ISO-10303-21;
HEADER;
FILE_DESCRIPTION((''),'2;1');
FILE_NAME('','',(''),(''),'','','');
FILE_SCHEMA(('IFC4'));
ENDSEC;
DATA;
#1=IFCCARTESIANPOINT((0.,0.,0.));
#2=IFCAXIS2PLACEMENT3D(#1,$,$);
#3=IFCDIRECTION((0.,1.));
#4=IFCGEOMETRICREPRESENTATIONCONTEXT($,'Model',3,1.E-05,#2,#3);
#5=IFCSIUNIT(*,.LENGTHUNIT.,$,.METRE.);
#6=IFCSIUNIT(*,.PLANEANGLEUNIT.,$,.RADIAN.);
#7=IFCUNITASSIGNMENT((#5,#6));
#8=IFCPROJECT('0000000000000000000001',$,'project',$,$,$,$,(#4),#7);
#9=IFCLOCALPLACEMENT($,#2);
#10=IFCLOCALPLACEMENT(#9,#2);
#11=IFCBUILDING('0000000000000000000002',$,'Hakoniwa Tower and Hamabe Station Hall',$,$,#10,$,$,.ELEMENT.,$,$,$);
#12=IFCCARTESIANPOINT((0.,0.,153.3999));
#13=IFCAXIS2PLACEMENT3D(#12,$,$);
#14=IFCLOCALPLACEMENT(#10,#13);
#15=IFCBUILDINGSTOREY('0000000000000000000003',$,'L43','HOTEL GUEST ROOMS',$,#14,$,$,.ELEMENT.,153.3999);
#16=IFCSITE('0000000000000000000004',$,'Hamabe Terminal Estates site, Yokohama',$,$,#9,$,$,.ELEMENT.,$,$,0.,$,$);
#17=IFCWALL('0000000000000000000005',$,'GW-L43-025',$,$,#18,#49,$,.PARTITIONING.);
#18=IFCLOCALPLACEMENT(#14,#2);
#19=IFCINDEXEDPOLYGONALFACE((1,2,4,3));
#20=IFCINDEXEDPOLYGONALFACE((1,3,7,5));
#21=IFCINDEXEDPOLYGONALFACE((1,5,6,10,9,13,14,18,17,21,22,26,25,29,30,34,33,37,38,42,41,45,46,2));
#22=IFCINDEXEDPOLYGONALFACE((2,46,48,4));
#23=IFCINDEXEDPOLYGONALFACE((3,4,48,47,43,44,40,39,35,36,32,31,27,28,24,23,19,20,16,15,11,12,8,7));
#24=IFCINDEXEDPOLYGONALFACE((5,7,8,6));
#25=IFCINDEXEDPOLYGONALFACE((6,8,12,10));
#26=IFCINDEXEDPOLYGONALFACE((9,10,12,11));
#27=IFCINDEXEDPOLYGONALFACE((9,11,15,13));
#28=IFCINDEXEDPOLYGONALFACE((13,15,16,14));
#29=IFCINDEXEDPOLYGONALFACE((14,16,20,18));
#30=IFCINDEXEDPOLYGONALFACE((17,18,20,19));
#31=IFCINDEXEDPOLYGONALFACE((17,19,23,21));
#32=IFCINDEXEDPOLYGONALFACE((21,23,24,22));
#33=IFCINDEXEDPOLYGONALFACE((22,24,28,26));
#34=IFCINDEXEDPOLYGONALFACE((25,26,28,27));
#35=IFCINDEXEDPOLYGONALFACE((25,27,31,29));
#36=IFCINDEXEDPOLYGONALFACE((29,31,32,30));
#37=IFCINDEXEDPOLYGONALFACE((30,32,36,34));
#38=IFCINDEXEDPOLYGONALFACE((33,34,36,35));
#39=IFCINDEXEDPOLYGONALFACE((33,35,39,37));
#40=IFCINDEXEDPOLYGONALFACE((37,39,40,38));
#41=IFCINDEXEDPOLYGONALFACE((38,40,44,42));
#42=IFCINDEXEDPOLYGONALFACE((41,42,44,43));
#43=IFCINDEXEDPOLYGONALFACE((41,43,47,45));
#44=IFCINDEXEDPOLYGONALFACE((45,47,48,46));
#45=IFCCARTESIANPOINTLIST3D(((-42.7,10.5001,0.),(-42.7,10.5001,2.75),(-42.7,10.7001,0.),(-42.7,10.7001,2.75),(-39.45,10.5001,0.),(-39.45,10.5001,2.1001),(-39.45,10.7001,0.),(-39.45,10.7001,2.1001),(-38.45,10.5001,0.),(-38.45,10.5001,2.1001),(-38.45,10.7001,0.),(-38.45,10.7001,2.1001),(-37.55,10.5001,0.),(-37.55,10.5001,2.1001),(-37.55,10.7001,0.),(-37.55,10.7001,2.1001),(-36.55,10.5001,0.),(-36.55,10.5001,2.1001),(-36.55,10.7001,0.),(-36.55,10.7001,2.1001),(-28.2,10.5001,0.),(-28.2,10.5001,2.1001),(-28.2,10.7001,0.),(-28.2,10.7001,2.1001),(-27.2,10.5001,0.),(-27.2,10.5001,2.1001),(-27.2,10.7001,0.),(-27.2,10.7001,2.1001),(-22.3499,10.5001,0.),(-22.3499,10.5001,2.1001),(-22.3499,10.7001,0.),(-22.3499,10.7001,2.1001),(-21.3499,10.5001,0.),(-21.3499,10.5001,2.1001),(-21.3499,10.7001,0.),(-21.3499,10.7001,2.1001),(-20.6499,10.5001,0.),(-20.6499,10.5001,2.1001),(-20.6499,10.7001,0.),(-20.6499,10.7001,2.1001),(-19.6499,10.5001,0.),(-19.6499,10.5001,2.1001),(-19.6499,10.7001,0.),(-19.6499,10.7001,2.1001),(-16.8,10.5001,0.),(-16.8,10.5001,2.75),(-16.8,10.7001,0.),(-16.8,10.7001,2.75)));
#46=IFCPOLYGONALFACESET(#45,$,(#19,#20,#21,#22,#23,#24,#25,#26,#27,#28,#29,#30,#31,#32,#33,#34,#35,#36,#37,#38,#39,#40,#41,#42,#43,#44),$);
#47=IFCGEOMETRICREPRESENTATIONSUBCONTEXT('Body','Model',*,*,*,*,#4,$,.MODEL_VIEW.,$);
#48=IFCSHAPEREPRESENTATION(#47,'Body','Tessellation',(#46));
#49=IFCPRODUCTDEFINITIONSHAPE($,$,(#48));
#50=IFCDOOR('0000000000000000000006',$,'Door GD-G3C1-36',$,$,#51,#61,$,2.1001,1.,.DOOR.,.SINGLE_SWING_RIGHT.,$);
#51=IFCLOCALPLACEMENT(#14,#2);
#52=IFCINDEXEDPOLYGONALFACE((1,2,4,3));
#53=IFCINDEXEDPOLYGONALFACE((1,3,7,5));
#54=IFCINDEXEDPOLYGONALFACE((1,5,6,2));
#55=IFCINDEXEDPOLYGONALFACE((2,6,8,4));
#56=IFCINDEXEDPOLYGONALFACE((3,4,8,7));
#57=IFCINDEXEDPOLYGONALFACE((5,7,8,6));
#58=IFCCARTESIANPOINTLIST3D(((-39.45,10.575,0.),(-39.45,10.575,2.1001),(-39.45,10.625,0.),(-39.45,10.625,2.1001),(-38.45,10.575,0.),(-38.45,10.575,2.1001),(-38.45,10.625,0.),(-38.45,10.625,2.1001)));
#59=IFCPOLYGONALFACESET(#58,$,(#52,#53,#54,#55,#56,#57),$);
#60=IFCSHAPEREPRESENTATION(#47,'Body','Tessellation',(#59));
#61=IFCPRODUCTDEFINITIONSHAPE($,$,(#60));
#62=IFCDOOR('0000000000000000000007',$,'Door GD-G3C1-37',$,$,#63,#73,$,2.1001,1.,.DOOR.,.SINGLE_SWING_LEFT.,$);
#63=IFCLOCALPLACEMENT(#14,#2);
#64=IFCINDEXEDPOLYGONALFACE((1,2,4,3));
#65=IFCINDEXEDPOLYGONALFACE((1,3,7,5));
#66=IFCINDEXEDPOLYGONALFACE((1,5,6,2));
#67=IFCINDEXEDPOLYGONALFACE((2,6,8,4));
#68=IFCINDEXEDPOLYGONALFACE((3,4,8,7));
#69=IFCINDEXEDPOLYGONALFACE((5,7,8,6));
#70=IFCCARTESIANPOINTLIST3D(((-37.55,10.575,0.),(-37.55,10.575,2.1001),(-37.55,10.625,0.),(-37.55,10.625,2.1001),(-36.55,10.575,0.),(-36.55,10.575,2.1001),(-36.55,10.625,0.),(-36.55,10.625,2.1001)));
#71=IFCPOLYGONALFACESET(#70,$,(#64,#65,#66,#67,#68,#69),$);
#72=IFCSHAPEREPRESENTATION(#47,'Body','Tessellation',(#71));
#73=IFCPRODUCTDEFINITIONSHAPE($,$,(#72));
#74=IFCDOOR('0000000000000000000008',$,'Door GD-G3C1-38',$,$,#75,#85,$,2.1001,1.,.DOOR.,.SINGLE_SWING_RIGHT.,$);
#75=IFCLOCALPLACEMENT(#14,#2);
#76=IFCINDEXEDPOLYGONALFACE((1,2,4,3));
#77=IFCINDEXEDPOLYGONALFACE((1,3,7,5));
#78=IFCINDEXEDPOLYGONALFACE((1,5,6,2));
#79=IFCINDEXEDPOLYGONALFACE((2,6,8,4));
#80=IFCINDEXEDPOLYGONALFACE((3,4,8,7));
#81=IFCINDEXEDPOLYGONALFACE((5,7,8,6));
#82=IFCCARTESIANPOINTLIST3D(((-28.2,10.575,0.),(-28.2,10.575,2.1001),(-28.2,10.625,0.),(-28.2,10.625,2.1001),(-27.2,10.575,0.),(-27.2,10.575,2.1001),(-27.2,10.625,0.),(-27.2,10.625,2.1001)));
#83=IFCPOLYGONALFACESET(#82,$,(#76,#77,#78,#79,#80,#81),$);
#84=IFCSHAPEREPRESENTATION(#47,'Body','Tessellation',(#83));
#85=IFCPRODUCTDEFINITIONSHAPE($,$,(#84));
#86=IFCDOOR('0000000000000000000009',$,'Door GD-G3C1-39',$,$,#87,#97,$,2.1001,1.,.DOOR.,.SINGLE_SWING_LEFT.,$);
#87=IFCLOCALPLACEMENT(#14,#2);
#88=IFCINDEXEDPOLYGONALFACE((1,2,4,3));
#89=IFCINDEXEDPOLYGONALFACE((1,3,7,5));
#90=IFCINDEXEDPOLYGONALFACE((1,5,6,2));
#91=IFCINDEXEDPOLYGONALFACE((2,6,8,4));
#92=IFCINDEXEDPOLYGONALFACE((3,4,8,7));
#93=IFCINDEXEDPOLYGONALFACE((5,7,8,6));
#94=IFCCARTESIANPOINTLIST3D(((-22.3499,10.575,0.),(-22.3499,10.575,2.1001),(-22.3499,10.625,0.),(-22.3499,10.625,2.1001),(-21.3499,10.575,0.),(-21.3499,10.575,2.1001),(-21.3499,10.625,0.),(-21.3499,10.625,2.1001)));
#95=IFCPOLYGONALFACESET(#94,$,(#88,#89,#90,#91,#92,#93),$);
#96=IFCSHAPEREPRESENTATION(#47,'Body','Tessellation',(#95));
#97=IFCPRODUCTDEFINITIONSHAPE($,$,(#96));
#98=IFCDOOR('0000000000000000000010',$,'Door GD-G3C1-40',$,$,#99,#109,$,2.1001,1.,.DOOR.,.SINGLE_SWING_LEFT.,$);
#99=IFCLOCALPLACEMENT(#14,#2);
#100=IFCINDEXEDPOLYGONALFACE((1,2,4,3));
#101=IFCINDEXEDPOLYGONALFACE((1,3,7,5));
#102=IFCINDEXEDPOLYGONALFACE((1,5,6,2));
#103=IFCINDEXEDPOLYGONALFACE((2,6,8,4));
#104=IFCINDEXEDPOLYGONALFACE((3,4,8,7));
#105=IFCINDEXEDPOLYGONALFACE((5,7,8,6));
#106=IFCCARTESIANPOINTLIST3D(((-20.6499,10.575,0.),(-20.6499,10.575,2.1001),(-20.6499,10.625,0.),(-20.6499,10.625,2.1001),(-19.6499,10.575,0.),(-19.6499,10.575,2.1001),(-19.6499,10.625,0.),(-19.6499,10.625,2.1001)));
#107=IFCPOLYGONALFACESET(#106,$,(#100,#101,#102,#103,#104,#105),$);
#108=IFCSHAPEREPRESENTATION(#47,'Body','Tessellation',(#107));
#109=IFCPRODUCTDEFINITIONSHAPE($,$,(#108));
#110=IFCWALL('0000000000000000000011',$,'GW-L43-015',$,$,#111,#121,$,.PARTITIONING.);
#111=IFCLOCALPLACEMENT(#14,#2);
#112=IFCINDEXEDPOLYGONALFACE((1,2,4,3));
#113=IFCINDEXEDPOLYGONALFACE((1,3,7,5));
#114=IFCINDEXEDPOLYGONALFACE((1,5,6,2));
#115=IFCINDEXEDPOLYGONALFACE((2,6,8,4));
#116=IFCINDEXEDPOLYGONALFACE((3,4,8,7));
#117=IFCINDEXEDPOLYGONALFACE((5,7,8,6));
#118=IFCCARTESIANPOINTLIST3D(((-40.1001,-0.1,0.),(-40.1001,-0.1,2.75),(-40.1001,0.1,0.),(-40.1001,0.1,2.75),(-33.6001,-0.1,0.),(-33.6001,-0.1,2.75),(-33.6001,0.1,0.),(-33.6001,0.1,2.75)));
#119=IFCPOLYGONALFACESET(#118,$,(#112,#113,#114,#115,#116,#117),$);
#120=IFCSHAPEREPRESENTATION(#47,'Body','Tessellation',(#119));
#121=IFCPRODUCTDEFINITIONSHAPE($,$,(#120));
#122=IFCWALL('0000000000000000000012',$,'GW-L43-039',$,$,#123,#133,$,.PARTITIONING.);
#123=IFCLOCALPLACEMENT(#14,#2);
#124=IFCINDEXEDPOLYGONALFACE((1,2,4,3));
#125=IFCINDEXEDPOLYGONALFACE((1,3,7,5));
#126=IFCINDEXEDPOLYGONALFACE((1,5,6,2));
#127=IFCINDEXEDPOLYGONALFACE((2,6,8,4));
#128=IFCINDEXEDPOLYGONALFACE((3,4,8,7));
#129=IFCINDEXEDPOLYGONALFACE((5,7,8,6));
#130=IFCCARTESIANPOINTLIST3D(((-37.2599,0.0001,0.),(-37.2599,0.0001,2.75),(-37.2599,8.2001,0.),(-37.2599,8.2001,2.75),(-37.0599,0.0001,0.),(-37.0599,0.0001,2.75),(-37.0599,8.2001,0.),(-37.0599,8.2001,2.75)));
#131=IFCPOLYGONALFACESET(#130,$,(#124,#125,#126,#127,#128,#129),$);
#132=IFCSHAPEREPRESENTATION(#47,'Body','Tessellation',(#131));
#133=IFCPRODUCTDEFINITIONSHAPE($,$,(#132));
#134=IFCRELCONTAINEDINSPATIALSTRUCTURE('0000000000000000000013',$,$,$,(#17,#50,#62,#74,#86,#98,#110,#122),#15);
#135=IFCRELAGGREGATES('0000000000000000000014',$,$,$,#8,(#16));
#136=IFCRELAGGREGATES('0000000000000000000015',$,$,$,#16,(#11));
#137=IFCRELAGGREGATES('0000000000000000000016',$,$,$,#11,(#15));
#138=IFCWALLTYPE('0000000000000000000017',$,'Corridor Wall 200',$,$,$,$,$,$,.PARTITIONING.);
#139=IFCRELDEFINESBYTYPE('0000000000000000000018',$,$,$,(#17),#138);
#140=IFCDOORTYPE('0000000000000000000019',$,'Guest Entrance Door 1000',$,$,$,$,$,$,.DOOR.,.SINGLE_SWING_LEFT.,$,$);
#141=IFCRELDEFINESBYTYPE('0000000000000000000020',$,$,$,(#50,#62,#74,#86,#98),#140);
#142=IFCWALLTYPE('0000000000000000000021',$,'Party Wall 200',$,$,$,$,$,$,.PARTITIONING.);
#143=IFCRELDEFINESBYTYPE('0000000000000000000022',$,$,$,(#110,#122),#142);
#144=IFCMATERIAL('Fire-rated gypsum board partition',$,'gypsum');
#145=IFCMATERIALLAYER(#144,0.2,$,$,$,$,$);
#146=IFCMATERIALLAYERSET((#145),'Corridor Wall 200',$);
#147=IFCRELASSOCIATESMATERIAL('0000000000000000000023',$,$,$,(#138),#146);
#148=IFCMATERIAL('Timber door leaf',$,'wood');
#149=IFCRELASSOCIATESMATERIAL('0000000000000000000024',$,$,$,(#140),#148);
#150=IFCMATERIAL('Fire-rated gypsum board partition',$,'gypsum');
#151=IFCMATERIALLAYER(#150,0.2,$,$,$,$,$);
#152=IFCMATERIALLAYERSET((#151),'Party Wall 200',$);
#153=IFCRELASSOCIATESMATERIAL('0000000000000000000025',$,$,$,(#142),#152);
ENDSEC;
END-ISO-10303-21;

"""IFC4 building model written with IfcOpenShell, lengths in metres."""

from ifc_helpers import new_model, si_unit, direction, frame, frame_2d, origin, place, context, subcontext, project, spatial, rectangle, extrude, material, layer, layer_set, type_object, element, fill, save


model = new_model("IFC4")

# Units and contexts
model_context = context("Model", 3, precision=1e-05, world=origin(), true_north=direction((0.0, 1.0)))
body_context = subcontext(model_context, "Body", "Model", "MODEL_VIEW")
ifc_project = project(units=[si_unit("LENGTHUNIT", "METRE"), si_unit("PLANEANGLEUNIT", "RADIAN")], contexts=[model_context])

# Site, building, storey
site_placement = place(None, origin())
site = spatial("IfcSite", under=ifc_project, at=site_placement, Name="Hamabe Terminal Estates site, Yokohama", CompositionType="ELEMENT", RefElevation=0.0)
building_placement = place(site_placement, origin())
building = spatial("IfcBuilding", under=site, at=building_placement, Name="Hakoniwa Tower and Hamabe Station Hall", CompositionType="ELEMENT")
storey_placement = place(building_placement, frame((0.0, 0.0, 153.3999)))
storey = spatial("IfcBuildingStorey", under=building, at=storey_placement, Name="L43", Description="HOTEL GUEST ROOMS", CompositionType="ELEMENT", Elevation=153.3999)

# Wall, openings, doors
ifc_material_1 = material(Name="Fire-rated gypsum board partition", Category="gypsum")
ifc_layer_1 = layer(ifc_material_1, 0.2)
ifc_layer_set_1 = layer_set([ifc_layer_1], Name="Corridor Wall 200")
wall_type_1 = type_object("IfcWallType", Name="Corridor Wall 200", PredefinedType="PARTITIONING", material=ifc_layer_set_1)
wall_1_placement = place(storey_placement, frame((-42.7, 10.6001, 0.0), z_axis=(0.0, 0.0, 1.0), x_axis=(1.0, 0.0, 0.0)))
wall_1 = element("IfcWall", 1, at=wall_1_placement, inside=storey, type_object=wall_type_1, Name="GW-L43-025", PredefinedType="PARTITIONING", context=body_context, shape_type="SweptSolid", body=[
    extrude(rectangle(XDim=25.8999, YDim=0.2, at=frame_2d((12.95, 0.0))), origin(), (0.0, 0.0, 1.0), 2.75),
])
opening_1_placement = place(wall_1_placement, frame((3.25, 0.0, 0.0)))
opening_1 = element("IfcOpeningElement", 2, at=opening_1_placement, cuts=wall_1, PredefinedType="OPENING", context=body_context, shape_type="SweptSolid", body=[
    extrude(rectangle(XDim=1.0, YDim=2.1001, at=frame_2d((0.5, 1.05))), frame((0.0, 0.1099, 0.0), z_axis=(0.0, -1.0, 0.0), x_axis=(1.0, 0.0, 0.0)), (0.0, 0.0, 1.0), 0.22),
])
opening_2_placement = place(wall_1_placement, frame((5.1499, 0.0, 0.0)))
opening_2 = element("IfcOpeningElement", 3, at=opening_2_placement, cuts=wall_1, PredefinedType="OPENING", context=body_context, shape_type="SweptSolid", body=[
    extrude(rectangle(XDim=1.0, YDim=2.1001, at=frame_2d((0.5, 1.05))), frame((0.0, 0.1099, 0.0), z_axis=(0.0, -1.0, 0.0), x_axis=(1.0, 0.0, 0.0)), (0.0, 0.0, 1.0), 0.22),
])
opening_3_placement = place(wall_1_placement, frame((14.5, 0.0, 0.0)))
opening_3 = element("IfcOpeningElement", 4, at=opening_3_placement, cuts=wall_1, PredefinedType="OPENING", context=body_context, shape_type="SweptSolid", body=[
    extrude(rectangle(XDim=1.0, YDim=2.1001, at=frame_2d((0.5, 1.05))), frame((0.0, 0.1099, 0.0), z_axis=(0.0, -1.0, 0.0), x_axis=(1.0, 0.0, 0.0)), (0.0, 0.0, 1.0), 0.22),
])
opening_4_placement = place(wall_1_placement, frame((20.3501, 0.0, 0.0)))
opening_4 = element("IfcOpeningElement", 5, at=opening_4_placement, cuts=wall_1, PredefinedType="OPENING", context=body_context, shape_type="SweptSolid", body=[
    extrude(rectangle(XDim=1.0, YDim=2.1001, at=frame_2d((0.5, 1.05))), frame((0.0, 0.1099, 0.0), z_axis=(0.0, -1.0, 0.0), x_axis=(1.0, 0.0, 0.0)), (0.0, 0.0, 1.0), 0.22),
])
opening_5_placement = place(wall_1_placement, frame((22.05, 0.0, 0.0)))
opening_5 = element("IfcOpeningElement", 6, at=opening_5_placement, cuts=wall_1, PredefinedType="OPENING", context=body_context, shape_type="SweptSolid", body=[
    extrude(rectangle(XDim=1.0, YDim=2.1001, at=frame_2d((0.5, 1.05))), frame((0.0, 0.1099, 0.0), z_axis=(0.0, -1.0, 0.0), x_axis=(1.0, 0.0, 0.0)), (0.0, 0.0, 1.0), 0.22),
])
ifc_material_2 = material(Name="Timber door leaf", Category="wood")
door_type_1 = type_object("IfcDoorType", Name="Guest Entrance Door 1000", OperationType="SINGLE_SWING_LEFT", PredefinedType="DOOR", material=ifc_material_2)
door_1_placement = place(opening_1_placement, origin())
door_1 = element("IfcDoor", 7, at=door_1_placement, inside=storey, type_object=door_type_1, Name="Door GD-G3C1-36", OperationType="SINGLE_SWING_RIGHT", OverallHeight=2.1001, OverallWidth=1.0, PredefinedType="DOOR", context=body_context, shape_type="SweptSolid", body=[
    extrude(rectangle(XDim=1.0, YDim=2.1001, at=frame_2d((0.5, 1.05))), frame((0.0, 0.0249, 0.0), z_axis=(0.0, -1.0, 0.0), x_axis=(1.0, 0.0, 0.0)), (0.0, 0.0, 1.0), 0.05),
])
fill(opening_1, door_1)
door_2_placement = place(opening_2_placement, origin())
door_2 = element("IfcDoor", 8, at=door_2_placement, inside=storey, type_object=door_type_1, Name="Door GD-G3C1-37", OperationType="SINGLE_SWING_LEFT", OverallHeight=2.1001, OverallWidth=1.0, PredefinedType="DOOR", context=body_context, shape_type="SweptSolid", body=[
    extrude(rectangle(XDim=1.0, YDim=2.1001, at=frame_2d((0.5, 1.05))), frame((0.0, 0.0249, 0.0), z_axis=(0.0, -1.0, 0.0), x_axis=(1.0, 0.0, 0.0)), (0.0, 0.0, 1.0), 0.05),
])
fill(opening_2, door_2)
door_3_placement = place(opening_3_placement, origin())
door_3 = element("IfcDoor", 9, at=door_3_placement, inside=storey, type_object=door_type_1, Name="Door GD-G3C1-38", OperationType="SINGLE_SWING_RIGHT", OverallHeight=2.1001, OverallWidth=1.0, PredefinedType="DOOR", context=body_context, shape_type="SweptSolid", body=[
    extrude(rectangle(XDim=1.0, YDim=2.1001, at=frame_2d((0.5, 1.05))), frame((0.0, 0.0249, 0.0), z_axis=(0.0, -1.0, 0.0), x_axis=(1.0, 0.0, 0.0)), (0.0, 0.0, 1.0), 0.05),
])
fill(opening_3, door_3)
door_4_placement = place(opening_4_placement, origin())
door_4 = element("IfcDoor", 10, at=door_4_placement, inside=storey, type_object=door_type_1, Name="Door GD-G3C1-39", OperationType="SINGLE_SWING_LEFT", OverallHeight=2.1001, OverallWidth=1.0, PredefinedType="DOOR", context=body_context, shape_type="SweptSolid", body=[
    extrude(rectangle(XDim=1.0, YDim=2.1001, at=frame_2d((0.5, 1.05))), frame((0.0, 0.0249, 0.0), z_axis=(0.0, -1.0, 0.0), x_axis=(1.0, 0.0, 0.0)), (0.0, 0.0, 1.0), 0.05),
])
fill(opening_4, door_4)
door_5_placement = place(opening_5_placement, origin())
door_5 = element("IfcDoor", 11, at=door_5_placement, inside=storey, type_object=door_type_1, Name="Door GD-G3C1-40", OperationType="SINGLE_SWING_LEFT", OverallHeight=2.1001, OverallWidth=1.0, PredefinedType="DOOR", context=body_context, shape_type="SweptSolid", body=[
    extrude(rectangle(XDim=1.0, YDim=2.1001, at=frame_2d((0.5, 1.05))), frame((0.0, 0.0249, 0.0), z_axis=(0.0, -1.0, 0.0), x_axis=(1.0, 0.0, 0.0)), (0.0, 0.0, 1.0), 0.05),
])
fill(opening_5, door_5)

# Walls
ifc_material_3 = material(Name="Fire-rated gypsum board partition", Category="gypsum")
ifc_layer_2 = layer(ifc_material_3, 0.2)
ifc_layer_set_2 = layer_set([ifc_layer_2], Name="Party Wall 200")
wall_type_2 = type_object("IfcWallType", Name="Party Wall 200", PredefinedType="PARTITIONING", material=ifc_layer_set_2)
wall_2_placement = place(storey_placement, frame((-40.1001, 0.0, 0.0), z_axis=(0.0, 0.0, 1.0), x_axis=(1.0, 0.0, 0.0)))
element("IfcWall", 12, at=wall_2_placement, inside=storey, type_object=wall_type_2, Name="GW-L43-015", PredefinedType="PARTITIONING", context=body_context, shape_type="SweptSolid", body=[
    extrude(rectangle(XDim=6.5, YDim=0.2, at=frame_2d((3.25, 0.0))), origin(), (0.0, 0.0, 1.0), 2.75),
])
wall_3_placement = place(storey_placement, frame((-37.1599, 0.0, 0.0), z_axis=(0.0, 0.0, 1.0), x_axis=(0.0, 1.0, 0.0)))
element("IfcWall", 13, at=wall_3_placement, inside=storey, type_object=wall_type_2, Name="GW-L43-039", PredefinedType="PARTITIONING", context=body_context, shape_type="SweptSolid", body=[
    extrude(rectangle(XDim=8.2, YDim=0.2, at=frame_2d((4.1001, 0.0))), origin(), (0.0, 0.0, 1.0), 2.75),
])

save(model, "model.ifc")
